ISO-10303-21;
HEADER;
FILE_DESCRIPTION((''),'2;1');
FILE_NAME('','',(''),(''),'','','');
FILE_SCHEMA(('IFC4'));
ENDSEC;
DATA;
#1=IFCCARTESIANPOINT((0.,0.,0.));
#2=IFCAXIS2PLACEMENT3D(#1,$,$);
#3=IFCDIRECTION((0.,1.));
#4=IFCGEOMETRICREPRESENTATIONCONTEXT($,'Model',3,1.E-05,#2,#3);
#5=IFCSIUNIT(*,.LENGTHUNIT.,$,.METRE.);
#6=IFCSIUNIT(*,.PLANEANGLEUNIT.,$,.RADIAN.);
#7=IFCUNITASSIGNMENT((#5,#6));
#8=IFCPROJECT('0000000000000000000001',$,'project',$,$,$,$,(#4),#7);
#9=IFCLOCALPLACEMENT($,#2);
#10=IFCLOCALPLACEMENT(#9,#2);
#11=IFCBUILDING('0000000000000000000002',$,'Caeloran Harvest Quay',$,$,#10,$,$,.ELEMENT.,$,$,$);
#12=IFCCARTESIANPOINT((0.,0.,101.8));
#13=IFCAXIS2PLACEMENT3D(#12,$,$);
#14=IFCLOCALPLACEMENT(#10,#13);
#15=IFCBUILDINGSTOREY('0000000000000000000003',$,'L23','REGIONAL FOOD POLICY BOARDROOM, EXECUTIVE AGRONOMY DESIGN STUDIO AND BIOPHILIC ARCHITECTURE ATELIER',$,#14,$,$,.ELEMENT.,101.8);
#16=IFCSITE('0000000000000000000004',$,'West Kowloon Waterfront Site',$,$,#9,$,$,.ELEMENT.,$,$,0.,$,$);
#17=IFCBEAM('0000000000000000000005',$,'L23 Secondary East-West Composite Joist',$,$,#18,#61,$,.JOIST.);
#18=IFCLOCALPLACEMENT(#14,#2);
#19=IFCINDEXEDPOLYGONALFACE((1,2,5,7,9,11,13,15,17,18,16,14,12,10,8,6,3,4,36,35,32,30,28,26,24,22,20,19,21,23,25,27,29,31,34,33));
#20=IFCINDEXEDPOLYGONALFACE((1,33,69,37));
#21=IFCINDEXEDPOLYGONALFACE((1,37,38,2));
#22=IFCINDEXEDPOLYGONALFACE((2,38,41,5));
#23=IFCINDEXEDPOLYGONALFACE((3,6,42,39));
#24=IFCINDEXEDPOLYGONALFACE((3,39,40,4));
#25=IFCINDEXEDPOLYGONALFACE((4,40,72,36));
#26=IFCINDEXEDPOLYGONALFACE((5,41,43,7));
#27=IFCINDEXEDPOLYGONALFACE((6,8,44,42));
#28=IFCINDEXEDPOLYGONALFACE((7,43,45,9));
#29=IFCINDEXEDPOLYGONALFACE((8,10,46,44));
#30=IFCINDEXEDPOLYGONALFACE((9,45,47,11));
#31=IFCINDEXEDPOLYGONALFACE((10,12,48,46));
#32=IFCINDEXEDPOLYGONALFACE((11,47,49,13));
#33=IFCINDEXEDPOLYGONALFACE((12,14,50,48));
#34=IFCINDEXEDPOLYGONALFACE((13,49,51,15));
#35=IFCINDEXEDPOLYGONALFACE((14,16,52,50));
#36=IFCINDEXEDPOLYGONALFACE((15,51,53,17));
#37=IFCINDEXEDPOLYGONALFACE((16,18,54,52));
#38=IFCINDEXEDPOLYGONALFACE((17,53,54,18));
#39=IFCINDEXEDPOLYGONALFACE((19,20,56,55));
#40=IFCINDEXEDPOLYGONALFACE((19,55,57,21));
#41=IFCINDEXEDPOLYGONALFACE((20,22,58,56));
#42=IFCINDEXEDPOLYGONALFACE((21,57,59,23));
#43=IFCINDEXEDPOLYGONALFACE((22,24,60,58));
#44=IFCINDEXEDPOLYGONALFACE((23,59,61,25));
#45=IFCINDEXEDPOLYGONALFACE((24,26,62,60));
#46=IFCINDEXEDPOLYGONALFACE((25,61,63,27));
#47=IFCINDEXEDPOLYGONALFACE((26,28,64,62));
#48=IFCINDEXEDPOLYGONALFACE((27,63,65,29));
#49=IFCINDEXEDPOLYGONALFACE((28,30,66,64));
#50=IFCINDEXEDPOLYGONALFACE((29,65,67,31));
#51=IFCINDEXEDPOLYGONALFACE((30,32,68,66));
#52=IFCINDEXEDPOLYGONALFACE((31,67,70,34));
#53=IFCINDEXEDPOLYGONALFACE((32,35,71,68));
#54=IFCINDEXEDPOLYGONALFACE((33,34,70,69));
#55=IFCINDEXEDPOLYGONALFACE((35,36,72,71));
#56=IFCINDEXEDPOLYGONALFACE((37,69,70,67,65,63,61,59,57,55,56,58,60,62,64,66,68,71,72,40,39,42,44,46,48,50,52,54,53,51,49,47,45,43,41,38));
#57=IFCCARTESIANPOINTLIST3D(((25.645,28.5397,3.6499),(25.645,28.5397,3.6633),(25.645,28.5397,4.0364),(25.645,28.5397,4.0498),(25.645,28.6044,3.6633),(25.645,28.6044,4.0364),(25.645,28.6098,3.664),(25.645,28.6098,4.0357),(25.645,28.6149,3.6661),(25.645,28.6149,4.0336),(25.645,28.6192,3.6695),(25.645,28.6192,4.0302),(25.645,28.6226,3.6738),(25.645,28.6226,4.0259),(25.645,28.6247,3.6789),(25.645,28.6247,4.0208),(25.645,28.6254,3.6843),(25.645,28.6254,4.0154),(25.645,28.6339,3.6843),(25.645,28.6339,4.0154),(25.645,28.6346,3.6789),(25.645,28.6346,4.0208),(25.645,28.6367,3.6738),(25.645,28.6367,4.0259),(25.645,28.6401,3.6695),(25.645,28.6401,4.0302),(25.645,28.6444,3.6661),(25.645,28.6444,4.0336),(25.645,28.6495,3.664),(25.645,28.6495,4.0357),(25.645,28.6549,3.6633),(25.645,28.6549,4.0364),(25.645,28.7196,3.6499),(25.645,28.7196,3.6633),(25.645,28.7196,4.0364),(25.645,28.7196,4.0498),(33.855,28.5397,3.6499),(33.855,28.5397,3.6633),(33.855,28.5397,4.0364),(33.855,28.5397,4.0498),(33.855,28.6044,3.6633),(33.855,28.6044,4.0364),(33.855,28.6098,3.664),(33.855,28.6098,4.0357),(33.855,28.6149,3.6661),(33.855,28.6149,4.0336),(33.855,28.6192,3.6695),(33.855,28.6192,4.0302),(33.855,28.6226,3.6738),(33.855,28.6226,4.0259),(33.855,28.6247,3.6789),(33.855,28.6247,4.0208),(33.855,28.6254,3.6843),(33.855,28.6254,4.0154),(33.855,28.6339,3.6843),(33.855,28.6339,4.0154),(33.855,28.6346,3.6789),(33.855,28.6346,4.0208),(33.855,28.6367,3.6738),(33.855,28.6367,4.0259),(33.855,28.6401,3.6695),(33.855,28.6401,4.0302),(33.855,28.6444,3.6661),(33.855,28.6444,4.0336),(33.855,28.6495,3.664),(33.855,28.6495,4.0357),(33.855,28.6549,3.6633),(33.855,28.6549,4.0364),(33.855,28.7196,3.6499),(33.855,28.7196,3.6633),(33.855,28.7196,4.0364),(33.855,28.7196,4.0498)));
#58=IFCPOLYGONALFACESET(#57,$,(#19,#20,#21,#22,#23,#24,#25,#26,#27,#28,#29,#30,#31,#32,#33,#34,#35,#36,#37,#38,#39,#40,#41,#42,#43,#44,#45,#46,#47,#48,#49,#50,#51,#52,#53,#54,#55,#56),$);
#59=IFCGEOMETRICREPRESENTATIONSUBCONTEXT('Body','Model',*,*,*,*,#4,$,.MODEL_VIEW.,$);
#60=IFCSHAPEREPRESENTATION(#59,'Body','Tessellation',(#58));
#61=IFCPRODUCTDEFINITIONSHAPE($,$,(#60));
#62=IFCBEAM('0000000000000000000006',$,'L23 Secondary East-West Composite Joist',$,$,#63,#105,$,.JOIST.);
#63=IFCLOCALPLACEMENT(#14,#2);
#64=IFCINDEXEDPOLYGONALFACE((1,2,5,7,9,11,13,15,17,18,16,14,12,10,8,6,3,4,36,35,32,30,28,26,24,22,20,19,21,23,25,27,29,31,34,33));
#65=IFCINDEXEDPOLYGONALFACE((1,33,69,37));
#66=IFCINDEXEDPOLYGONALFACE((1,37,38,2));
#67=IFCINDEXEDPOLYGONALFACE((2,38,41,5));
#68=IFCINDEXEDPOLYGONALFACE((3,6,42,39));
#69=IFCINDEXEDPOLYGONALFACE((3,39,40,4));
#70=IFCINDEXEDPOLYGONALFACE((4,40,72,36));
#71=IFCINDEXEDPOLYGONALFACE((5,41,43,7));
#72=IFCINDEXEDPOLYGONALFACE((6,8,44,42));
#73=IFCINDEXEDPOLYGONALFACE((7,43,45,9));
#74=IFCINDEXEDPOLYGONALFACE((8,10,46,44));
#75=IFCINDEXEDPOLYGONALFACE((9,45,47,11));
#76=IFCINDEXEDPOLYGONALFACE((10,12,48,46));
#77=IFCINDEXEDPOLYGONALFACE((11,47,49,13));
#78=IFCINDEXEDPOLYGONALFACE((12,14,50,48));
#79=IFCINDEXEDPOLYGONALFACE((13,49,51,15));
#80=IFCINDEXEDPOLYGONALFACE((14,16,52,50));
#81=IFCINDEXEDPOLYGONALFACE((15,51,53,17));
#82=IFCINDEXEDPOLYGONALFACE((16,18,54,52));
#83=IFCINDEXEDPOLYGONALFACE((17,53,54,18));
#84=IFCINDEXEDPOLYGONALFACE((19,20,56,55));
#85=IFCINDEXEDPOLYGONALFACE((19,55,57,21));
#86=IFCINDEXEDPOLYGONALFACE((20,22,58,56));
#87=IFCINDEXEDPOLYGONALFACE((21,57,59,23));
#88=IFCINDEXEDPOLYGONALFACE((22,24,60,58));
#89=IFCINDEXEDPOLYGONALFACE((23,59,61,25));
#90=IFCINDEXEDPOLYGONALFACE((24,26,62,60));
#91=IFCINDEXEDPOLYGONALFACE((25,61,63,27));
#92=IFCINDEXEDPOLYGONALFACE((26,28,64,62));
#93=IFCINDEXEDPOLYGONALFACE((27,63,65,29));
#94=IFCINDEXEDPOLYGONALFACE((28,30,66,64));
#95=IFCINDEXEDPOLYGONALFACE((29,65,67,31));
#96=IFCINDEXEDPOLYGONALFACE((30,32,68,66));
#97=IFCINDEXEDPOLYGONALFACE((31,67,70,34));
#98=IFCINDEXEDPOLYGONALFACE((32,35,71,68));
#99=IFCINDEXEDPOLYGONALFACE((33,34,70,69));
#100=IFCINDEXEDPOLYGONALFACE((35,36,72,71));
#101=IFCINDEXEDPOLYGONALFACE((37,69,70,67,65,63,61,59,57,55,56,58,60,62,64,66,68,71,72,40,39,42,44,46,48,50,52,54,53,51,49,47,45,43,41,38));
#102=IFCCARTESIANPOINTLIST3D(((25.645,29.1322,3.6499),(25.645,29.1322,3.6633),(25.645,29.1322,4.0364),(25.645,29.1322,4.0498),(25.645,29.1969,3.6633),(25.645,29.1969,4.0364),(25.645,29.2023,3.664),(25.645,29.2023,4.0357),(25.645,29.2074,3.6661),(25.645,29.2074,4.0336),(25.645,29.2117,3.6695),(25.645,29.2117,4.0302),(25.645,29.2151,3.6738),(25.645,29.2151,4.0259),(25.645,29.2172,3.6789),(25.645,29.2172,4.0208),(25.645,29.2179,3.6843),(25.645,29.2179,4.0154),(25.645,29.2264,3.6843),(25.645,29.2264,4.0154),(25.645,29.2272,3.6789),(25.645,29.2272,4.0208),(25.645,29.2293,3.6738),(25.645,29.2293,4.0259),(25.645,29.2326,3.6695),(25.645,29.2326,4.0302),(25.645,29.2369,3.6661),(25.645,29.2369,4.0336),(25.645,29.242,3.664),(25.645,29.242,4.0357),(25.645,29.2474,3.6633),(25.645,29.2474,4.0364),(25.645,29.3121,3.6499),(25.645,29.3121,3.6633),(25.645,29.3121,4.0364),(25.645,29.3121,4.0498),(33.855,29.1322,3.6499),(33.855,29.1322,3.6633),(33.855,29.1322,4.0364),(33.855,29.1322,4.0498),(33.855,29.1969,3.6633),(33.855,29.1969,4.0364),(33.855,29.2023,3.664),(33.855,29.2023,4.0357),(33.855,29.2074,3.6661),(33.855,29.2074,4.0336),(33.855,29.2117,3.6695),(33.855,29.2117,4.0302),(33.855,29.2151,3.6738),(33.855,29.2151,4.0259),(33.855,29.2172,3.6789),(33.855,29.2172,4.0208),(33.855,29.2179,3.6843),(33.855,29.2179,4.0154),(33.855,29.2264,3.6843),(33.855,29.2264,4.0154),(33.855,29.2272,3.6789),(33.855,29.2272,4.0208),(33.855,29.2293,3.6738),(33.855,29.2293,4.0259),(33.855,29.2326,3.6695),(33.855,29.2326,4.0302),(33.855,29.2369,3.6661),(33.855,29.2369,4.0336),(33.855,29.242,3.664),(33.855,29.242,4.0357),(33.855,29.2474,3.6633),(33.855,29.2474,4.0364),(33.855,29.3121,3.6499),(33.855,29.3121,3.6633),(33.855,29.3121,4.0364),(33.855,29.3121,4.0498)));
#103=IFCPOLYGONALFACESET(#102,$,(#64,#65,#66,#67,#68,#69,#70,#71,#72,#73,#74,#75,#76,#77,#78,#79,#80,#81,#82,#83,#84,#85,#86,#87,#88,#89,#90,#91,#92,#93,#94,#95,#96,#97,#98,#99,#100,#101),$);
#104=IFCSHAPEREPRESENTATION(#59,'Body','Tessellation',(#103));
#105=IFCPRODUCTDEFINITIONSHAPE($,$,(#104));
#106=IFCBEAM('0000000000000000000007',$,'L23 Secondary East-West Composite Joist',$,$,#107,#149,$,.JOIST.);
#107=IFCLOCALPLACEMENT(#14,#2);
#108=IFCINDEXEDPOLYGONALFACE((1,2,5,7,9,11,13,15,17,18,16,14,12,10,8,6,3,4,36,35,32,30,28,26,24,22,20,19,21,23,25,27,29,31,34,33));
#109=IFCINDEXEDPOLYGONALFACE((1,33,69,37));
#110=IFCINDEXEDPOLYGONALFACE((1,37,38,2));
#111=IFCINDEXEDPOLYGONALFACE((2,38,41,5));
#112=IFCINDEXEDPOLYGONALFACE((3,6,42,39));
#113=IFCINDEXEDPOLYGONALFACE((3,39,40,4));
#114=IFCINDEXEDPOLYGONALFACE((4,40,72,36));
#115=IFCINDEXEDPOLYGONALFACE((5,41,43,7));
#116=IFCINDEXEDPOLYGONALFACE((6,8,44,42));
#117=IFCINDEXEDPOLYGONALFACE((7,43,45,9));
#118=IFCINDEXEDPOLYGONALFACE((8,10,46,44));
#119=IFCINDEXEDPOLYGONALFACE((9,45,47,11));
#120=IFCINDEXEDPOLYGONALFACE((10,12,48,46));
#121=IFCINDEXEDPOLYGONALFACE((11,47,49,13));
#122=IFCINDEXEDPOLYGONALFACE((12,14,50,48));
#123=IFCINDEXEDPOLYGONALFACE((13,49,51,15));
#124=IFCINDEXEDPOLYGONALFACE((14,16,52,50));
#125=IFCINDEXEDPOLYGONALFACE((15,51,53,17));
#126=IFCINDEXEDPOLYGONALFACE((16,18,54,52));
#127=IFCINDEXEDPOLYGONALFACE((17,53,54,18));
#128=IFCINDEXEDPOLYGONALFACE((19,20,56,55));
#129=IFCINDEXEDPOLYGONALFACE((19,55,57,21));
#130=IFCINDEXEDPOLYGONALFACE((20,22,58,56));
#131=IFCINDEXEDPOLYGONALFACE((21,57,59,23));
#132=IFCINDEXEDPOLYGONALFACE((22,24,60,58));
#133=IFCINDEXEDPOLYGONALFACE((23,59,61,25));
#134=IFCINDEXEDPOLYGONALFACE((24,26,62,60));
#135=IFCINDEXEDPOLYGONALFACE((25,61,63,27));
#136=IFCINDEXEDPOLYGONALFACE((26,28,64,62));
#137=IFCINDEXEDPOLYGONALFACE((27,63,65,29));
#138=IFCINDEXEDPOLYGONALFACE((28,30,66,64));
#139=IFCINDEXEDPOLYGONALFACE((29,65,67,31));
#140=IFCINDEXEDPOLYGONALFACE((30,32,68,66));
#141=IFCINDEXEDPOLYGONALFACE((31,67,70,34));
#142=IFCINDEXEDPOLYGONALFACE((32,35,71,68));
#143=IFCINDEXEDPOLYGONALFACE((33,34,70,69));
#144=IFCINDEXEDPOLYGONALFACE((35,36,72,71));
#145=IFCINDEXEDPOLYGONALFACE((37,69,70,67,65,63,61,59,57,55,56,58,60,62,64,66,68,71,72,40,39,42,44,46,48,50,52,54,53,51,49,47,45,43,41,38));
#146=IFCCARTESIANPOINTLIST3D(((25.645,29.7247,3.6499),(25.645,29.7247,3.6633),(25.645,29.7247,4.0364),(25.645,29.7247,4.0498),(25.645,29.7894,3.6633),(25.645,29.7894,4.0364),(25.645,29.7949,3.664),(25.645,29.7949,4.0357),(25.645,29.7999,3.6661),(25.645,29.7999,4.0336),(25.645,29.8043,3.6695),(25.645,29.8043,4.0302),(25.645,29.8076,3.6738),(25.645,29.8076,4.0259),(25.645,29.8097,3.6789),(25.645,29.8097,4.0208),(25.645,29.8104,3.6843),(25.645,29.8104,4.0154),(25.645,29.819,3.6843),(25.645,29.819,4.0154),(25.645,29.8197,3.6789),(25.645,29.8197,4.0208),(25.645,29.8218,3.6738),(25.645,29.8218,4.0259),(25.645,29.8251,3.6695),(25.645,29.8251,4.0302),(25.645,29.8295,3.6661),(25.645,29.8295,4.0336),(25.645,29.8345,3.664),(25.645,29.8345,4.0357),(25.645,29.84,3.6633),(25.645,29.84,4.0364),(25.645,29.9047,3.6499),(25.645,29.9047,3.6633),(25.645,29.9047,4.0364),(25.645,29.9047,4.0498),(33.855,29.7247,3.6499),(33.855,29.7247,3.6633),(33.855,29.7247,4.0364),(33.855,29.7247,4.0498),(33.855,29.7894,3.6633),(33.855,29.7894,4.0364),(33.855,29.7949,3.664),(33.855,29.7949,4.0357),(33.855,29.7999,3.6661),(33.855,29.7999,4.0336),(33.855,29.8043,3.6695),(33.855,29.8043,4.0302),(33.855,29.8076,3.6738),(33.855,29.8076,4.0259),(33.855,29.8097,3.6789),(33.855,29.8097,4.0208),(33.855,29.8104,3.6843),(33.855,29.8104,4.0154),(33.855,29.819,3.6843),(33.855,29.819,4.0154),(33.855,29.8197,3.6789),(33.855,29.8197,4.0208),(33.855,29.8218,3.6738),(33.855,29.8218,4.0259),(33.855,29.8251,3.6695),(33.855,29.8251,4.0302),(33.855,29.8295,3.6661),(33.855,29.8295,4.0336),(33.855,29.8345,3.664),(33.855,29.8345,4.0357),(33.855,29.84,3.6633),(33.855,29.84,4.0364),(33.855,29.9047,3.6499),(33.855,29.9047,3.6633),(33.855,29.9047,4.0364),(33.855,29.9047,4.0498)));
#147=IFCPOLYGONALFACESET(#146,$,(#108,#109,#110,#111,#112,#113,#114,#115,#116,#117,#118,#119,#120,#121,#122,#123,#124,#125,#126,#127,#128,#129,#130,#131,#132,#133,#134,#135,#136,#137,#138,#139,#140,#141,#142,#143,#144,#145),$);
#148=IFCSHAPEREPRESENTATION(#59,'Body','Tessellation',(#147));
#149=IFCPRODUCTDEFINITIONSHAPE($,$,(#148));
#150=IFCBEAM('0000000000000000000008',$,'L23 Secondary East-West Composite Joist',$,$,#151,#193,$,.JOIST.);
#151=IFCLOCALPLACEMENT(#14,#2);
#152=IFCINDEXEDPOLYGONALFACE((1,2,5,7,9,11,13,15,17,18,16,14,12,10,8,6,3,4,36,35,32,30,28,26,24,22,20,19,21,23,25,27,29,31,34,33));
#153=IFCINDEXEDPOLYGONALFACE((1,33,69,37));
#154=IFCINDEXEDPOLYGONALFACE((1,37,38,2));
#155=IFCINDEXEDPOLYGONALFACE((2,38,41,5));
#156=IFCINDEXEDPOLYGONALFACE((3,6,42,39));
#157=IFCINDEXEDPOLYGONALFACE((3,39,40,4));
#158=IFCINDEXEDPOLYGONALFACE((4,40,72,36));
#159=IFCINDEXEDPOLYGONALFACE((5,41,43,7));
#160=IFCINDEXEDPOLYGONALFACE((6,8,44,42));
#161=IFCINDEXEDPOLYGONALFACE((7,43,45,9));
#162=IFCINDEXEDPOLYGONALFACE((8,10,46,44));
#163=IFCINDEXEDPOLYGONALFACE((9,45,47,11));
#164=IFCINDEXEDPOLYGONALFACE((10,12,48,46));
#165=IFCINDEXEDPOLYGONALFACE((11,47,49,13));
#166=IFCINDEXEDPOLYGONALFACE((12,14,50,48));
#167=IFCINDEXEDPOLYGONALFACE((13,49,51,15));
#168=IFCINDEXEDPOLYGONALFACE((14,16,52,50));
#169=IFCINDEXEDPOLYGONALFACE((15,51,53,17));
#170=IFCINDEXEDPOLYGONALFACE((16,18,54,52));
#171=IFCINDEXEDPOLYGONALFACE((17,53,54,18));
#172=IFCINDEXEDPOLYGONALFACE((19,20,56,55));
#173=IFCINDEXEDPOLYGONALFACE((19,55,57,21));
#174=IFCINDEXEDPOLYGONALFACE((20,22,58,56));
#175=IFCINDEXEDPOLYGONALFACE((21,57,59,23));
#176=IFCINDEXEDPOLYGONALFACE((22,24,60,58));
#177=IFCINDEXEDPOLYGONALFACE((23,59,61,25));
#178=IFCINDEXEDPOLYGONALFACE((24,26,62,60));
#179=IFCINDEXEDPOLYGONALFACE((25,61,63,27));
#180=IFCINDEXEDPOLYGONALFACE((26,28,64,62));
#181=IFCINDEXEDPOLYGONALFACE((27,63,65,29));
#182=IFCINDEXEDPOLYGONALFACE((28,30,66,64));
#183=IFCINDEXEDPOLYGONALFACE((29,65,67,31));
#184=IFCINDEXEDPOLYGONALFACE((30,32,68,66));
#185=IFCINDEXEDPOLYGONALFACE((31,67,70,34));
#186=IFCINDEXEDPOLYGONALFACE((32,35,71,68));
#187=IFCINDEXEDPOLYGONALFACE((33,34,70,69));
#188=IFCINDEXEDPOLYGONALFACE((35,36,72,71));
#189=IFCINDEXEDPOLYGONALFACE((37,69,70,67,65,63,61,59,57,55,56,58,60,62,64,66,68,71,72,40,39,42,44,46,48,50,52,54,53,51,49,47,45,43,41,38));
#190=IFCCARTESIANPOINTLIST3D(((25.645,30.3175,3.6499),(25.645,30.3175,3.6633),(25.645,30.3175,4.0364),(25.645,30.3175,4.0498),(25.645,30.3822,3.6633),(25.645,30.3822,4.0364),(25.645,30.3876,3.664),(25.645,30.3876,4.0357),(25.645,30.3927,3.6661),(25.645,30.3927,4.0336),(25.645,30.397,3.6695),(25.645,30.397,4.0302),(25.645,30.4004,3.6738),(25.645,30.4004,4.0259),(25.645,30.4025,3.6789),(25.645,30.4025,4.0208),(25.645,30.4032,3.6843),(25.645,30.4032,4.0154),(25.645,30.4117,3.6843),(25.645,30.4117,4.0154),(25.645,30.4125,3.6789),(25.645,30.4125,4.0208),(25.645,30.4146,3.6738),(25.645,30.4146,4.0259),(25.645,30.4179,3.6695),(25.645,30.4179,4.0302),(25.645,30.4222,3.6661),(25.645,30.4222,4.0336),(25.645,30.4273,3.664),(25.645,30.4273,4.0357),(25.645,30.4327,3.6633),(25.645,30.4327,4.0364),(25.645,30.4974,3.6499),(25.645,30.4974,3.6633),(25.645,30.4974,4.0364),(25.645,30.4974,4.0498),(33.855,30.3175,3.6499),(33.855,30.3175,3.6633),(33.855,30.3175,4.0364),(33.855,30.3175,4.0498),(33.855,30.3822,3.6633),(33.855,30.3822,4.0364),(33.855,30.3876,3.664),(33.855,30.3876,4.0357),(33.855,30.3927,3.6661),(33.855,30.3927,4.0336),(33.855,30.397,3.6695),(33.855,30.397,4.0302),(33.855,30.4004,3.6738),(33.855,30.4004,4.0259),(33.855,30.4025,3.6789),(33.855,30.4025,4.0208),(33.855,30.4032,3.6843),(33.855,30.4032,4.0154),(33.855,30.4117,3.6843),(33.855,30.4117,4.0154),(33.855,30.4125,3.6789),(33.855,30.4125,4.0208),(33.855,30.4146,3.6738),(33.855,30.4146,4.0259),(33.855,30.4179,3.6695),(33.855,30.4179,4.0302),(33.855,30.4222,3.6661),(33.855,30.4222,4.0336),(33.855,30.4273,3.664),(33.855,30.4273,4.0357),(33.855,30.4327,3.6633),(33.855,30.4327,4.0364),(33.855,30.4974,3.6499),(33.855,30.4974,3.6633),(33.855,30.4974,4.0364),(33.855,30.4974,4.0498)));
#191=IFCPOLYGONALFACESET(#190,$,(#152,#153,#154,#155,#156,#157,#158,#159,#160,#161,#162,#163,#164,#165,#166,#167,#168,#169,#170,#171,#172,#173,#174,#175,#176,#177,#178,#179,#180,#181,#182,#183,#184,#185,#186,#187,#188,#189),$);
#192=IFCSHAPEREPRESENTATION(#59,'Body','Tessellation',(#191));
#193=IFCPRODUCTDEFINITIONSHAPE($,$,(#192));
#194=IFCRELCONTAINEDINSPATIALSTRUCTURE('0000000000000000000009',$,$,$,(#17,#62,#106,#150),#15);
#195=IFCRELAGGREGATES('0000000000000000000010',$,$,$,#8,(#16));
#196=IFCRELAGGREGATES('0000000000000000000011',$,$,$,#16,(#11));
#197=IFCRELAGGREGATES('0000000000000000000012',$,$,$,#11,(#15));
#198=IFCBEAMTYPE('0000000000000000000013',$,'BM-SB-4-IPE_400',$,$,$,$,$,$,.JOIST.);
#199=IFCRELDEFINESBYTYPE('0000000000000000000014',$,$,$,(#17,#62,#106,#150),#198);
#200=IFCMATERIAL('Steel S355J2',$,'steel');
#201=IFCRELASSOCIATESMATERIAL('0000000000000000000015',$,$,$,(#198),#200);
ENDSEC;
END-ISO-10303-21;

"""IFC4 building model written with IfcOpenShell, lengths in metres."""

from ifc_helpers import new_model, si_unit, direction, frame, origin, origin_2d, place, context, subcontext, project, spatial, i_section, extrude, material, material_profile, profile_set, type_object, element, save


model = new_model("IFC4")

# Units and contexts
model_context = context("Model", 3, precision=1e-05, world=origin(), true_north=direction((0.0, 1.0)))
body_context = subcontext(model_context, "Body", "Model", "MODEL_VIEW")
ifc_project = project(units=[si_unit("LENGTHUNIT", "METRE"), si_unit("PLANEANGLEUNIT", "RADIAN")], contexts=[model_context])

# Site, building, storey
site_placement = place(None, origin())
site = spatial("IfcSite", under=ifc_project, at=site_placement, Name="West Kowloon Waterfront Site", CompositionType="ELEMENT", RefElevation=0.0)
building_placement = place(site_placement, origin())
building = spatial("IfcBuilding", under=site, at=building_placement, Name="Caeloran Harvest Quay", CompositionType="ELEMENT")
storey_placement = place(building_placement, frame((0.0, 0.0, 101.8)))
storey = spatial("IfcBuildingStorey", under=building, at=storey_placement, Name="L23", Description="REGIONAL FOOD POLICY BOARDROOM, EXECUTIVE AGRONOMY DESIGN STUDIO AND BIOPHILIC ARCHITECTURE ATELIER", CompositionType="ELEMENT", Elevation=101.8)

# Beams
ifc_material_1 = material(Name="Steel S355J2", Category="steel")
ifc_material_profile_1 = material_profile(ifc_material_1, i_section(OverallWidth=0.1799, OverallDepth=0.3999, WebThickness=0.0085, FlangeThickness=0.0134, FilletRadius=0.021, at=origin_2d()), Name="IPE 400")
ifc_profile_set_1 = profile_set([ifc_material_profile_1], Name="Steel S355J2")
beam_type_1 = type_object("IfcBeamType", Name="BM-SB-4-IPE_400", PredefinedType="JOIST", material=ifc_profile_set_1)
for number, where, z_axis, x_axis, name in (
    (1, (25.645, 28.6296, 3.8499), (1.0, 0.0, 0.0), (0.0, 1.0, 0.0), "L23 Secondary East-West Composite Joist"),
    (2, (25.645, 29.2222, 3.8499), (1.0, 0.0, 0.0), (0.0, 1.0, 0.0), "L23 Secondary East-West Composite Joist"),
    (3, (25.645, 29.8147, 3.8499), (1.0, 0.0, 0.0), (0.0, 1.0, 0.0), "L23 Secondary East-West Composite Joist"),
    (4, (25.645, 30.4075, 3.8499), (1.0, 0.0, 0.0), (0.0, 1.0, 0.0), "L23 Secondary East-West Composite Joist"),
):
    element("IfcBeam", number, at=place(storey_placement, frame(where, z_axis=z_axis, x_axis=x_axis)), inside=storey, type_object=beam_type_1, Name=name, PredefinedType="JOIST", context=body_context, shape_type="SweptSolid", body=[
        extrude(i_section(OverallWidth=0.1799, OverallDepth=0.3999, WebThickness=0.0085, FlangeThickness=0.0134, FilletRadius=0.021, at=origin_2d()), origin(), (0.0, 0.0, 1.0), 8.21),
    ])

save(model, "model.ifc")
